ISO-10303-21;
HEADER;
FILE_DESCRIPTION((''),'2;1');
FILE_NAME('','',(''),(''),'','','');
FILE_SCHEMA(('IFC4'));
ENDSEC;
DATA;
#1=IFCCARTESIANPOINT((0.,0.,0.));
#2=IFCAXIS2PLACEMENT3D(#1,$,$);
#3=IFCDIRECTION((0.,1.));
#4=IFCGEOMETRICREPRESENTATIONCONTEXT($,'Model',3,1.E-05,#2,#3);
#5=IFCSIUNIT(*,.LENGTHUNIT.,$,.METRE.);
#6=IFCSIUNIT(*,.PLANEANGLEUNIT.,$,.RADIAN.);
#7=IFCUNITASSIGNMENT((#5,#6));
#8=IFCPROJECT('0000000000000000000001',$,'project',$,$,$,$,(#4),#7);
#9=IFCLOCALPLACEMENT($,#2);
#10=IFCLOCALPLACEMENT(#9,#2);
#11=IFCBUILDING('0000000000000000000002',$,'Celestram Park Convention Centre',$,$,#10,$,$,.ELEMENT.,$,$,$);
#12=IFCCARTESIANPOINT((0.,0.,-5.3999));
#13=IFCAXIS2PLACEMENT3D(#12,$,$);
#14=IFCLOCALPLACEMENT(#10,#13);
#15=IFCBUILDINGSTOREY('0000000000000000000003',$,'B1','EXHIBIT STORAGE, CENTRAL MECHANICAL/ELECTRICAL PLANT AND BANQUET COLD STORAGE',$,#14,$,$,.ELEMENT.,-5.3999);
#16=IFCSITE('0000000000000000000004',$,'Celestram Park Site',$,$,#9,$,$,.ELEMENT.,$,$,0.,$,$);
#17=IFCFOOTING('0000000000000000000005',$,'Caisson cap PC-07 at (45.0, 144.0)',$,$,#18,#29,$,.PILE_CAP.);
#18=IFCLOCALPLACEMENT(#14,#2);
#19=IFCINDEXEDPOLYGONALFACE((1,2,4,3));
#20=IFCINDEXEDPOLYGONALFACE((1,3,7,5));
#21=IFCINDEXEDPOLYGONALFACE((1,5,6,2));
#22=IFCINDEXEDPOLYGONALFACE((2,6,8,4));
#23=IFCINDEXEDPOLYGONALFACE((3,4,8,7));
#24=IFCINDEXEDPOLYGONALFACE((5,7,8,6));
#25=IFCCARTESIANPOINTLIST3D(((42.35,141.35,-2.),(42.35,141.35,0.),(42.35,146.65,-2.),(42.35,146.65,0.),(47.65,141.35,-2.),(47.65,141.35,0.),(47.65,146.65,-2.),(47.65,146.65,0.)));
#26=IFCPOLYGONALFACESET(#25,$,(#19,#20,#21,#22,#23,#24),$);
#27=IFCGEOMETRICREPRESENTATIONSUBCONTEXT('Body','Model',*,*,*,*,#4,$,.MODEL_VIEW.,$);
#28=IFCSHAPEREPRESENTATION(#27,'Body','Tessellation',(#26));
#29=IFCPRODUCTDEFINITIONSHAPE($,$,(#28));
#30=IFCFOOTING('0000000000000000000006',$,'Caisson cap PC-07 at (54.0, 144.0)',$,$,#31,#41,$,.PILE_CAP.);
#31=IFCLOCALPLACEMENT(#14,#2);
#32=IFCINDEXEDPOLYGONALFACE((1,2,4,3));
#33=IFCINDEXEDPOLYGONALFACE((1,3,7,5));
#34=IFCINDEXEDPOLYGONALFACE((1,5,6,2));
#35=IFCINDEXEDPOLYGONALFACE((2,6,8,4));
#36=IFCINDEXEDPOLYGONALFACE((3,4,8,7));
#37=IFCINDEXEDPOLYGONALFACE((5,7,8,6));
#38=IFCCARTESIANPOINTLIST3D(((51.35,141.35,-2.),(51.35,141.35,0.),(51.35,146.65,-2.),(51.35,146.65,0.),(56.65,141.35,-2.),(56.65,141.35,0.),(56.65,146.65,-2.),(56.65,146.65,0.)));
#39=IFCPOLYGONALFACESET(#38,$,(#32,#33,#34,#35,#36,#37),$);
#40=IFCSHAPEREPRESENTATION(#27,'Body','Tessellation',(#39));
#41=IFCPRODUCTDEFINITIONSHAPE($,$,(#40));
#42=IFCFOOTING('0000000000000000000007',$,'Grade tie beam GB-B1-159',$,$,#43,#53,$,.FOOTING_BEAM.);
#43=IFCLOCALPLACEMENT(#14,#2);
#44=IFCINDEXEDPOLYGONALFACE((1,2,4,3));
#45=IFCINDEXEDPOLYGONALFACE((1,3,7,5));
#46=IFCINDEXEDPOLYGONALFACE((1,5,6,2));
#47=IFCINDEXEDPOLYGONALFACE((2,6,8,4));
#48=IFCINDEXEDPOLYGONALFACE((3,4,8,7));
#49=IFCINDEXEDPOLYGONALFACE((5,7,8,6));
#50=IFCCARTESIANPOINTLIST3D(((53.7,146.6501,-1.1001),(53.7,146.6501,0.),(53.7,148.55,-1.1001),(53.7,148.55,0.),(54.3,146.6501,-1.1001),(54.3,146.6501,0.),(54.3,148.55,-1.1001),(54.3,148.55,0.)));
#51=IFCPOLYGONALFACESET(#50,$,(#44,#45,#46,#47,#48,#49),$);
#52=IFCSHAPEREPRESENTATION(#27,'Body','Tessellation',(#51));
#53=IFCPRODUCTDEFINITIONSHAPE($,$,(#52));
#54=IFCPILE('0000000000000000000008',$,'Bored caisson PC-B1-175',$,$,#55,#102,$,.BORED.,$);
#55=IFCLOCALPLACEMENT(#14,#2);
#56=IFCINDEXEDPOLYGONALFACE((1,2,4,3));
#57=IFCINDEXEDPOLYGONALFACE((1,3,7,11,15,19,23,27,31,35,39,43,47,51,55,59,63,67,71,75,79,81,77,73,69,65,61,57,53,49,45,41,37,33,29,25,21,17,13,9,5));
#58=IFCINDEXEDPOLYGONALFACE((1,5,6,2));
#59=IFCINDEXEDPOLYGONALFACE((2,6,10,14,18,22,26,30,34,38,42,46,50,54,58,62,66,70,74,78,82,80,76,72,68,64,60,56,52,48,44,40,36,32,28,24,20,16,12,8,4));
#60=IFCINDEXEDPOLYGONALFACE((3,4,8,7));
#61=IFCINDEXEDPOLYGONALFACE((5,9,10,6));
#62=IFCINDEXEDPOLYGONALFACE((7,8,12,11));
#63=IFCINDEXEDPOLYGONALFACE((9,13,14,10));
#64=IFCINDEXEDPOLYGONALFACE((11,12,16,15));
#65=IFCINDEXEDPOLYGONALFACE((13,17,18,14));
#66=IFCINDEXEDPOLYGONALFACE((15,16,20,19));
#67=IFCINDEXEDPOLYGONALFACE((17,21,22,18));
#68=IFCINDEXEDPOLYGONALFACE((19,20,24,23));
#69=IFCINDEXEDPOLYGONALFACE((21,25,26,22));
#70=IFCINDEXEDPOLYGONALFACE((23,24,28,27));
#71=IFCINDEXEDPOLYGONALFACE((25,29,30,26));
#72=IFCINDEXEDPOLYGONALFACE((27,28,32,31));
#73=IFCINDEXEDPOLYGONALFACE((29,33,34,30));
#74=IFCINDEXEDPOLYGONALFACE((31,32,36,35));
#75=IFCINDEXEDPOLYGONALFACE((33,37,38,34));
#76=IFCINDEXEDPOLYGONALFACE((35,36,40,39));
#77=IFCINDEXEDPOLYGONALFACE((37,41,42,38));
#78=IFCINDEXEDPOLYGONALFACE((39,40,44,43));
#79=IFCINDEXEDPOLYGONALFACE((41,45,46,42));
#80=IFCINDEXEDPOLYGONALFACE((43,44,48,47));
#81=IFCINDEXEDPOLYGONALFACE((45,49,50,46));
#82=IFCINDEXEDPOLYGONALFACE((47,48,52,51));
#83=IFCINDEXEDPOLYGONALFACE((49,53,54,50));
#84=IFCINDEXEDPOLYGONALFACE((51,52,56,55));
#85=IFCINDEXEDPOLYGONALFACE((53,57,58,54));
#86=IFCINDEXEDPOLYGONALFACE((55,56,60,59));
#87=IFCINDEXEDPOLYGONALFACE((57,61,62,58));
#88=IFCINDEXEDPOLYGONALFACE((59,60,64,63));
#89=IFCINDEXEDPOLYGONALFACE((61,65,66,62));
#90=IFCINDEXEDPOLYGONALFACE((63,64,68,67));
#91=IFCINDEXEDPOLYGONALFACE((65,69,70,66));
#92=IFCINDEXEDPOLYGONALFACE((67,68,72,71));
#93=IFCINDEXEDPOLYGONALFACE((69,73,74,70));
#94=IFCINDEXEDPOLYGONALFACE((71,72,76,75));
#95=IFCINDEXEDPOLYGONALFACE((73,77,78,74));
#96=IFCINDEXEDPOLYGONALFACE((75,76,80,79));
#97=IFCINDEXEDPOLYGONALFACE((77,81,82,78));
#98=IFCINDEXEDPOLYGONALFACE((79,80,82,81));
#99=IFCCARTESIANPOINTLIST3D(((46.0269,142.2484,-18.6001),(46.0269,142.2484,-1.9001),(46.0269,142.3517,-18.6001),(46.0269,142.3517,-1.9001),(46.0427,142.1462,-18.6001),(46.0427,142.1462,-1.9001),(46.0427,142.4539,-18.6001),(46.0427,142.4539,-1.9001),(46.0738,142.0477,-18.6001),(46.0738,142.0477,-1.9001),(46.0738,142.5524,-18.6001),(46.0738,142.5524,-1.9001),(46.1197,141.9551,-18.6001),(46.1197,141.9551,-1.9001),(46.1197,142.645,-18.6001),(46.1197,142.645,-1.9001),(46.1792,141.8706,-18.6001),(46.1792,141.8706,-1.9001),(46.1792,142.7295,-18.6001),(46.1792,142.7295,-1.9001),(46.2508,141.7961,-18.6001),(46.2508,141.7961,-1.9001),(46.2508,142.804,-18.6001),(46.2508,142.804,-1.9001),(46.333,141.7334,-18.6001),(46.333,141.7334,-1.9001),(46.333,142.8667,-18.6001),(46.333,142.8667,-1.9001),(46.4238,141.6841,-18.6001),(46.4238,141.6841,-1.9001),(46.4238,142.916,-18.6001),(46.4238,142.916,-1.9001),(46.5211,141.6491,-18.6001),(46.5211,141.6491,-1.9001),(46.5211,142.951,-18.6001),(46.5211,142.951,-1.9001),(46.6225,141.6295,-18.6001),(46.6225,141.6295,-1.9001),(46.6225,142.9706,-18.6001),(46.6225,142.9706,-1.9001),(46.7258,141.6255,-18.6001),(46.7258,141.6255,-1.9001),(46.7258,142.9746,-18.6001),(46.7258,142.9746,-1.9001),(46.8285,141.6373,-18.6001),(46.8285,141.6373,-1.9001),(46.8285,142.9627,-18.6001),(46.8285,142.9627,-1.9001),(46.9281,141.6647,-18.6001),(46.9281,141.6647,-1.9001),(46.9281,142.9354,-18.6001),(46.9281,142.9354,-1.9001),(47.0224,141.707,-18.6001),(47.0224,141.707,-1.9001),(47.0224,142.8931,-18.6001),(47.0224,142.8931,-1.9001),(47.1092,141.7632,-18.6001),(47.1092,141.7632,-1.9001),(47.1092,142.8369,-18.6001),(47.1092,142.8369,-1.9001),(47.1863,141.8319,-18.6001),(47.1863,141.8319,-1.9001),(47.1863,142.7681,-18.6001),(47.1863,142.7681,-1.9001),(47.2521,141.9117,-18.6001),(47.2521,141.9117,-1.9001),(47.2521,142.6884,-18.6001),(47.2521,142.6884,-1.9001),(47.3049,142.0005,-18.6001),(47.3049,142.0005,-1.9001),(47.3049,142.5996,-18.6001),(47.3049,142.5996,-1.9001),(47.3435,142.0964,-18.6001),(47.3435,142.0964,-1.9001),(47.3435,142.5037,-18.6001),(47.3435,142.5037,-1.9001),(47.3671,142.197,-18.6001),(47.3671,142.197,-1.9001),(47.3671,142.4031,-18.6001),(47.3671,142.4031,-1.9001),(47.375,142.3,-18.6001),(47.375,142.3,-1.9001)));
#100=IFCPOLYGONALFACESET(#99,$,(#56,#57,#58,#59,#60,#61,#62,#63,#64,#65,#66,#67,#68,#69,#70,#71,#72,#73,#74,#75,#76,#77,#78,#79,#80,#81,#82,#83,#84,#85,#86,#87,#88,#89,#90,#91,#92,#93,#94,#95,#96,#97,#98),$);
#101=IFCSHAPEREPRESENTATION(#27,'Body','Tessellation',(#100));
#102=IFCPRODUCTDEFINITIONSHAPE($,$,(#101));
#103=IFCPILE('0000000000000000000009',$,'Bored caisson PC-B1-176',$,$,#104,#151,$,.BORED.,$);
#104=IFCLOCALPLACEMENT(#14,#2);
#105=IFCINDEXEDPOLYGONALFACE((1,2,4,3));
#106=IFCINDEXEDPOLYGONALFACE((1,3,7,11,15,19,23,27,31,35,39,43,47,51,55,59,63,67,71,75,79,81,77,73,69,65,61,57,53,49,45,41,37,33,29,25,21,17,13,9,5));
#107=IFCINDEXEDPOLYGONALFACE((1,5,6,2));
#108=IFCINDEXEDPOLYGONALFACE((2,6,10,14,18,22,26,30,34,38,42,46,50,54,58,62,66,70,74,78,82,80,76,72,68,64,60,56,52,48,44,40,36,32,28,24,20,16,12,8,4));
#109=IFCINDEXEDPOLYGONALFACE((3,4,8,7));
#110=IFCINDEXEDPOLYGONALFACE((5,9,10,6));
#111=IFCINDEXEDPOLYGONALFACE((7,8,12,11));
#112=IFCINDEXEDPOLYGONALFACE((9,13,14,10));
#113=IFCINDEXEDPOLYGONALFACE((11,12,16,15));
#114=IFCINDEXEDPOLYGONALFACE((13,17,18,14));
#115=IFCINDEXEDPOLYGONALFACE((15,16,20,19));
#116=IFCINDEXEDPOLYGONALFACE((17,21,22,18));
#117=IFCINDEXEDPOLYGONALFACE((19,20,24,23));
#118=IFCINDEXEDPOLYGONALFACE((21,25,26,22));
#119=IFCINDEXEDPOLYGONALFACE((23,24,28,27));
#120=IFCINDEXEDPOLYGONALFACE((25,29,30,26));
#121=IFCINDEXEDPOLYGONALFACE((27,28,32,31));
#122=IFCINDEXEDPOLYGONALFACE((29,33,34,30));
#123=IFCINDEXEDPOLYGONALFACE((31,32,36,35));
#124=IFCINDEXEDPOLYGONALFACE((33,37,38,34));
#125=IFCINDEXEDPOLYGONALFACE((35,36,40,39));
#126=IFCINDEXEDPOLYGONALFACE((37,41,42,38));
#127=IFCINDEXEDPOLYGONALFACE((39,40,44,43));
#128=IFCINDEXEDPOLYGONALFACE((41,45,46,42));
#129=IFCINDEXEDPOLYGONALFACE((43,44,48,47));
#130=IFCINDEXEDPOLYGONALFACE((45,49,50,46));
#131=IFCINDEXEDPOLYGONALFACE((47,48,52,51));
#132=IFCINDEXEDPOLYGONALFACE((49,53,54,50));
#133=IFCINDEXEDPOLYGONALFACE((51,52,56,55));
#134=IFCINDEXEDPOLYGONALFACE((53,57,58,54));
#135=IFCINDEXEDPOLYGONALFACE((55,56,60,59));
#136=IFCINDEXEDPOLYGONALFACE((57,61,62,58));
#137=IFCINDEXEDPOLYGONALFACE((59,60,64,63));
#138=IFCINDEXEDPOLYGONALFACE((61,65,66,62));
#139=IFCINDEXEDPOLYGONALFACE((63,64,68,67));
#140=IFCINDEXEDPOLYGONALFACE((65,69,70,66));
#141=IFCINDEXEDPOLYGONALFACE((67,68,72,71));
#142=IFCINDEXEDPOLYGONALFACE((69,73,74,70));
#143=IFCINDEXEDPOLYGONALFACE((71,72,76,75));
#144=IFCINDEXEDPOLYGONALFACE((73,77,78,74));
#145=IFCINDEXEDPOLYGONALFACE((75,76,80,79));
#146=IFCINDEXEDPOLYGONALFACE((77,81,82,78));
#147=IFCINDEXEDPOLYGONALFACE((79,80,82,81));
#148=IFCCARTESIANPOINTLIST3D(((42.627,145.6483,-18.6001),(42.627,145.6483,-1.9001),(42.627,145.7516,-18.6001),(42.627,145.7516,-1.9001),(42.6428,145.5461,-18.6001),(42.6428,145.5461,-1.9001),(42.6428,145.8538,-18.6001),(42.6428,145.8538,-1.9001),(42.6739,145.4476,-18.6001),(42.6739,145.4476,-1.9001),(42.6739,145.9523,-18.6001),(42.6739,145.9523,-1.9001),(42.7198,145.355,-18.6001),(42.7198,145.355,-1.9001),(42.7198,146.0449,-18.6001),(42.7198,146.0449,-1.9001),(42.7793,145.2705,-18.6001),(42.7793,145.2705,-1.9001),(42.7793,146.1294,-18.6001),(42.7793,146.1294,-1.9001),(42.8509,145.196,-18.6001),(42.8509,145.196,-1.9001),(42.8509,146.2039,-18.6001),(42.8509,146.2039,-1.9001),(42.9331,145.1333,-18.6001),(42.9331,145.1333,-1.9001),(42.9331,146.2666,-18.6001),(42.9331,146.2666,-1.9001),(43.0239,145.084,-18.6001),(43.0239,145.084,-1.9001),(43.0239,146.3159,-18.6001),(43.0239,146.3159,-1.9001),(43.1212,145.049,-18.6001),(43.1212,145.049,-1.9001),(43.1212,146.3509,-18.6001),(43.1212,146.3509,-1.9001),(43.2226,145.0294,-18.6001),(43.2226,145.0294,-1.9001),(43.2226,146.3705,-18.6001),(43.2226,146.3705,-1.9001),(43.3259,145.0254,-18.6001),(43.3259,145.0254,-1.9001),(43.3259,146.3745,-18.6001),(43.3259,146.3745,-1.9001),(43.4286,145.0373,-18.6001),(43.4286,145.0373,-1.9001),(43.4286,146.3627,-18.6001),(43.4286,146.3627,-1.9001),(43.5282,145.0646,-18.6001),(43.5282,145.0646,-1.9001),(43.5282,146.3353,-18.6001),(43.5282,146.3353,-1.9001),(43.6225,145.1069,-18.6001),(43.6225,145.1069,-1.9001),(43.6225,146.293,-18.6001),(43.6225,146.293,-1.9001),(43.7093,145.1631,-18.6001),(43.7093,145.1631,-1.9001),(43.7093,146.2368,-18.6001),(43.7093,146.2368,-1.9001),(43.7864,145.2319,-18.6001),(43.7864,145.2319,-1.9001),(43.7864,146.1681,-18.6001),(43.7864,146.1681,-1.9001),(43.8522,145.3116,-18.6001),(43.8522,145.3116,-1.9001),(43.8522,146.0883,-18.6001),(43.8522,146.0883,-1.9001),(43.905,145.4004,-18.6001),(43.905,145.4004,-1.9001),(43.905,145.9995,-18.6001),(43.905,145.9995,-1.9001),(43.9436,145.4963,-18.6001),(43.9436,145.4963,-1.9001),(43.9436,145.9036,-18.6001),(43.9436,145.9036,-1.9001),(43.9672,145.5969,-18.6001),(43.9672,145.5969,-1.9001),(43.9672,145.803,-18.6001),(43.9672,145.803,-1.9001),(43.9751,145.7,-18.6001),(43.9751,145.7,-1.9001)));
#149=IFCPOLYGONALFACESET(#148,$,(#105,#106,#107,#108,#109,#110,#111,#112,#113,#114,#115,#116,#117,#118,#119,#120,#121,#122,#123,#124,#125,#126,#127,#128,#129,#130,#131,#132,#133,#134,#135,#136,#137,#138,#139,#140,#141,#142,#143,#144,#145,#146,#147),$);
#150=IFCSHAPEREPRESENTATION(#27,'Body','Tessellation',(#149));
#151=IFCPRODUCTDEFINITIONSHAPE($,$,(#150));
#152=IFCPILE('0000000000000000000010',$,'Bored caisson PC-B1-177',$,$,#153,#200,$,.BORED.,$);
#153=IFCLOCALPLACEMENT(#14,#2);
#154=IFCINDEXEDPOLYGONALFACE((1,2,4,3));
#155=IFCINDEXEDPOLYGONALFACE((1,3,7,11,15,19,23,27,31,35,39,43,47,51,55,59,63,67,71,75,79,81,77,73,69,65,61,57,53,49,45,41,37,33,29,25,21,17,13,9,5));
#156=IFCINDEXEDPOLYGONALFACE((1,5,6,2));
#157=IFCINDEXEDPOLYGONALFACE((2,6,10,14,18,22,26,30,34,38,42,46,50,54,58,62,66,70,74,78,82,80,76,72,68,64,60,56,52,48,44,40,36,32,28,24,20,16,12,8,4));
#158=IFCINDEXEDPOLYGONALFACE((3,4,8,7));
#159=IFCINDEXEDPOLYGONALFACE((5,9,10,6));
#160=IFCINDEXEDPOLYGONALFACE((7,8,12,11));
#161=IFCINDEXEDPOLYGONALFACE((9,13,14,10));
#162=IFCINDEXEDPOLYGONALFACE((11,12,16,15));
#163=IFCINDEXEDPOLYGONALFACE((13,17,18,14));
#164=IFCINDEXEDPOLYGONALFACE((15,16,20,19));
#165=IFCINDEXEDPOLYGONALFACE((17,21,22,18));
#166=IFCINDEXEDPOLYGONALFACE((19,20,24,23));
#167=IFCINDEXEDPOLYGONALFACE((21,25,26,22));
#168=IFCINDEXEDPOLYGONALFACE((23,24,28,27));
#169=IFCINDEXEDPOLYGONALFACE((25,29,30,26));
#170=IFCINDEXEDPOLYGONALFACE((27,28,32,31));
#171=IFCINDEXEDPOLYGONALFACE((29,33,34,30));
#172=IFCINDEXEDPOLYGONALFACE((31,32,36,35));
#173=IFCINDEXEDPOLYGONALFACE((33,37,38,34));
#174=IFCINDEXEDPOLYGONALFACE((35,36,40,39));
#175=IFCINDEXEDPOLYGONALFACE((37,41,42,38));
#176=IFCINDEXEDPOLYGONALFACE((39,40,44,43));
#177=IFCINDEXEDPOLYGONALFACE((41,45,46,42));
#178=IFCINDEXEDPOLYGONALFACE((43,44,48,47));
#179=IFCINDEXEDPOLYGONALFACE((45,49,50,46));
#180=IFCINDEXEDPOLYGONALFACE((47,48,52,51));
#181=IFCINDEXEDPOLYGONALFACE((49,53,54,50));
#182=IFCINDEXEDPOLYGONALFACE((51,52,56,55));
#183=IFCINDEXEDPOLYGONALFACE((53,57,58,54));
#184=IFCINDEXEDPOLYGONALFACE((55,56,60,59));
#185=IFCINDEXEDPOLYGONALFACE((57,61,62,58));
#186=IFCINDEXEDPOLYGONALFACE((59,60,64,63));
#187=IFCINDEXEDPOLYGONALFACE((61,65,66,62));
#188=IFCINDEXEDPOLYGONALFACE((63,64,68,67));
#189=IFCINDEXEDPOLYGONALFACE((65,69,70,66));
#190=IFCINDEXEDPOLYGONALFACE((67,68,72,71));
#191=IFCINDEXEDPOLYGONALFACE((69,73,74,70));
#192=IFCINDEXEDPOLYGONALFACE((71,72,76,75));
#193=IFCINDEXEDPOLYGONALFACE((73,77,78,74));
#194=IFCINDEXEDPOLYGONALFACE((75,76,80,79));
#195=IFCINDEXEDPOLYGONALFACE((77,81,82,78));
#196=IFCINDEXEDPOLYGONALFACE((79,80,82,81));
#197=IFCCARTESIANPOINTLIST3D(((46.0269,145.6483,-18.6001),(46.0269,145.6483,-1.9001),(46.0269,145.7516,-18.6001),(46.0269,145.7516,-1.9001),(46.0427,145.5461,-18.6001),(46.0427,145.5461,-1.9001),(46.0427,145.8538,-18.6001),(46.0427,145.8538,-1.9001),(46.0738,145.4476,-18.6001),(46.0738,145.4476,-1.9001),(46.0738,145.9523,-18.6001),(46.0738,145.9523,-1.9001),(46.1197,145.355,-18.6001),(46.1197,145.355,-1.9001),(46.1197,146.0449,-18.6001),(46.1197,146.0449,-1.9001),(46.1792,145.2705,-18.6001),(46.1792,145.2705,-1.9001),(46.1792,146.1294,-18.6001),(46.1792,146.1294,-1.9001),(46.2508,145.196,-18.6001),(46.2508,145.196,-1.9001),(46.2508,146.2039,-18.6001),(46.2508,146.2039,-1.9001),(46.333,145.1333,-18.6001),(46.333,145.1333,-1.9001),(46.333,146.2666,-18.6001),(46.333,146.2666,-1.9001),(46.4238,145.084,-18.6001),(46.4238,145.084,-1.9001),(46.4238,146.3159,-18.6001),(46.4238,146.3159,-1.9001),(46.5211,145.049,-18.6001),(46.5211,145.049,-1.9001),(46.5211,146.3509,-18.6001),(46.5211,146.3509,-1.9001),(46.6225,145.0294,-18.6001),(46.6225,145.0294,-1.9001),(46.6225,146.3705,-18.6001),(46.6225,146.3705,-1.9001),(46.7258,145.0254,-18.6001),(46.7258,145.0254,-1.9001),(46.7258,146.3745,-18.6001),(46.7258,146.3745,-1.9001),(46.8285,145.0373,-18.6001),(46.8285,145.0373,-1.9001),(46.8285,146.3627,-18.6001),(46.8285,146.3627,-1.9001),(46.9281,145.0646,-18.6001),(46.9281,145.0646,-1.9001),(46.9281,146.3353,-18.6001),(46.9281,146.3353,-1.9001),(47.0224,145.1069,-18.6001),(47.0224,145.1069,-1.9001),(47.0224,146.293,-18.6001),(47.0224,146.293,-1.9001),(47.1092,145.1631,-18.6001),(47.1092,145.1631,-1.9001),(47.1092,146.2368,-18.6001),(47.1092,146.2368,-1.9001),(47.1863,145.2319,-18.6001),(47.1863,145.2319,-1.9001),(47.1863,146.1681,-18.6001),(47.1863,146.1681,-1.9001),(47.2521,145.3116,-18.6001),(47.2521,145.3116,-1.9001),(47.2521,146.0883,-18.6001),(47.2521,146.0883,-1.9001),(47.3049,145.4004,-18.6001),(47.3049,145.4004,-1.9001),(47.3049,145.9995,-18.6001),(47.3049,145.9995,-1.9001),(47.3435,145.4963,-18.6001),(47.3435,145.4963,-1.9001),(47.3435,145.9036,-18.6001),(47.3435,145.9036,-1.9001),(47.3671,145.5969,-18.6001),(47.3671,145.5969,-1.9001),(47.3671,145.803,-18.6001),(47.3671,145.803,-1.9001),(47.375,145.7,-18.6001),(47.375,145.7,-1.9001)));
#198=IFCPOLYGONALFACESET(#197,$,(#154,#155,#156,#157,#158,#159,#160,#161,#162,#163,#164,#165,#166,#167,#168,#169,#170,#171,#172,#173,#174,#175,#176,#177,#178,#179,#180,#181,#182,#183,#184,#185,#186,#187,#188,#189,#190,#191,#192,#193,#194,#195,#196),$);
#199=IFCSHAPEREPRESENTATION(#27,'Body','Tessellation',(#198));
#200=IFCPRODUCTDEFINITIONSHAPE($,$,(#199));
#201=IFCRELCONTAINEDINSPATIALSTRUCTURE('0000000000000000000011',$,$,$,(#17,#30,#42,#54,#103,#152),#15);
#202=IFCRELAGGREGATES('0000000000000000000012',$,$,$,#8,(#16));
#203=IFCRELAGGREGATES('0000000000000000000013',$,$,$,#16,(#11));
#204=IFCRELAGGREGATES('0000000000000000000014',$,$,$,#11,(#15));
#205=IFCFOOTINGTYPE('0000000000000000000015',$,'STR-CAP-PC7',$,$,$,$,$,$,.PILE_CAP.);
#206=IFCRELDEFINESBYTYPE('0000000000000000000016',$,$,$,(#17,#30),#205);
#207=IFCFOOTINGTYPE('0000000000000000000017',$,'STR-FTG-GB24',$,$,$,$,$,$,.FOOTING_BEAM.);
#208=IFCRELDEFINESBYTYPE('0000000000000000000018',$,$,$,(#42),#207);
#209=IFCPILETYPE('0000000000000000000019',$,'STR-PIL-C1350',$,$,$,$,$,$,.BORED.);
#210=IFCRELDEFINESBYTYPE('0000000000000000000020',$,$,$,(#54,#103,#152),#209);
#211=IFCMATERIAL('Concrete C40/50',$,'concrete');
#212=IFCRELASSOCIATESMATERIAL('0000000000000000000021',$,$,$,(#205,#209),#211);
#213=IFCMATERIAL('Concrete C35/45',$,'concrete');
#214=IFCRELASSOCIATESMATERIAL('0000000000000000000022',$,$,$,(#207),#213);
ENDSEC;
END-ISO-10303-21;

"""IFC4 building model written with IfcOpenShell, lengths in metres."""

from ifc_helpers import new_model, si_unit, direction, frame, origin, origin_2d, place, context, subcontext, project, spatial, rectangle, circle, extrude, material, material_profile, profile_set, type_object, element, save


model = new_model("IFC4")

# Units and contexts
model_context = context("Model", 3, precision=1e-05, world=origin(), true_north=direction((0.0, 1.0)))
body_context = subcontext(model_context, "Body", "Model", "MODEL_VIEW")
ifc_project = project(units=[si_unit("LENGTHUNIT", "METRE"), si_unit("PLANEANGLEUNIT", "RADIAN")], contexts=[model_context])

# Site, building, storey
site_placement = place(None, origin())
site = spatial("IfcSite", under=ifc_project, at=site_placement, Name="Celestram Park Site", CompositionType="ELEMENT", RefElevation=0.0)
building_placement = place(site_placement, origin())
building = spatial("IfcBuilding", under=site, at=building_placement, Name="Celestram Park Convention Centre", CompositionType="ELEMENT")
storey_placement = place(building_placement, frame((0.0, 0.0, -5.3999)))
storey = spatial("IfcBuildingStorey", under=building, at=storey_placement, Name="B1", Description="EXHIBIT STORAGE, CENTRAL MECHANICAL/ELECTRICAL PLANT AND BANQUET COLD STORAGE", CompositionType="ELEMENT", Elevation=-5.3999)

# Footings
ifc_material_1 = material(Name="Concrete C40/50", Category="concrete")
footing_type_1 = type_object("IfcFootingType", Name="STR-CAP-PC7", PredefinedType="PILE_CAP", material=ifc_material_1)
for number, where, z_axis, x_axis, name in (
    (1, (45.0, 144.0, -2.0), (0.0, 0.0, 1.0), (1.0, 0.0, 0.0), "Caisson cap PC-07 at (45.0, 144.0)"),
    (2, (54.0, 144.0, -2.0), (0.0, 0.0, 1.0), (1.0, 0.0, 0.0), "Caisson cap PC-07 at (54.0, 144.0)"),
):
    element("IfcFooting", number, at=place(storey_placement, frame(where, z_axis=z_axis, x_axis=x_axis)), inside=storey, type_object=footing_type_1, Name=name, PredefinedType="PILE_CAP", context=body_context, shape_type="SweptSolid", body=[
        extrude(rectangle(XDim=5.3, YDim=5.3, at=origin_2d()), origin(), (0.0, 0.0, 1.0), 2.0),
    ])
ifc_material_2 = material(Name="Concrete C35/45", Category="concrete")
footing_type_2 = type_object("IfcFootingType", Name="STR-FTG-GB24", PredefinedType="FOOTING_BEAM", material=ifc_material_2)
footing_placement = place(storey_placement, frame((54.0, 147.6001, -1.1001), z_axis=(0.0, 0.0, 1.0), x_axis=(0.0, 1.0, 0.0)))
element("IfcFooting", 3, at=footing_placement, inside=storey, type_object=footing_type_2, Name="Grade tie beam GB-B1-159", PredefinedType="FOOTING_BEAM", context=body_context, shape_type="SweptSolid", body=[
    extrude(rectangle(XDim=1.8999, YDim=0.6001, at=origin_2d()), origin(), (0.0, 0.0, 1.0), 1.1001),
])

# Piles
ifc_material_profile_1 = material_profile(ifc_material_1, circle(Radius=0.675, at=origin_2d()), Name="CAISSON1350")
ifc_profile_set_1 = profile_set([ifc_material_profile_1], Name="Concrete C40/50")
pile_type = type_object("IfcPileType", Name="STR-PIL-C1350", PredefinedType="BORED", material=ifc_profile_set_1)
for number, where, z_axis, x_axis, name in (
    (4, (46.7, 142.3, -1.9001), (0.0, 0.0, -1.0), (1.0, 0.0, 0.0), "Bored caisson PC-B1-175"),
    (5, (43.3, 145.7, -1.9001), (0.0, 0.0, -1.0), (1.0, 0.0, 0.0), "Bored caisson PC-B1-176"),
    (6, (46.7, 145.7, -1.9001), (0.0, 0.0, -1.0), (1.0, 0.0, 0.0), "Bored caisson PC-B1-177"),
):
    element("IfcPile", number, at=place(storey_placement, frame(where, z_axis=z_axis, x_axis=x_axis)), inside=storey, type_object=pile_type, Name=name, PredefinedType="BORED", context=body_context, shape_type="SweptSolid", body=[
        extrude(circle(Radius=0.675, at=origin_2d()), origin(), (0.0, 0.0, 1.0), 16.7),
    ])

save(model, "model.ifc")
